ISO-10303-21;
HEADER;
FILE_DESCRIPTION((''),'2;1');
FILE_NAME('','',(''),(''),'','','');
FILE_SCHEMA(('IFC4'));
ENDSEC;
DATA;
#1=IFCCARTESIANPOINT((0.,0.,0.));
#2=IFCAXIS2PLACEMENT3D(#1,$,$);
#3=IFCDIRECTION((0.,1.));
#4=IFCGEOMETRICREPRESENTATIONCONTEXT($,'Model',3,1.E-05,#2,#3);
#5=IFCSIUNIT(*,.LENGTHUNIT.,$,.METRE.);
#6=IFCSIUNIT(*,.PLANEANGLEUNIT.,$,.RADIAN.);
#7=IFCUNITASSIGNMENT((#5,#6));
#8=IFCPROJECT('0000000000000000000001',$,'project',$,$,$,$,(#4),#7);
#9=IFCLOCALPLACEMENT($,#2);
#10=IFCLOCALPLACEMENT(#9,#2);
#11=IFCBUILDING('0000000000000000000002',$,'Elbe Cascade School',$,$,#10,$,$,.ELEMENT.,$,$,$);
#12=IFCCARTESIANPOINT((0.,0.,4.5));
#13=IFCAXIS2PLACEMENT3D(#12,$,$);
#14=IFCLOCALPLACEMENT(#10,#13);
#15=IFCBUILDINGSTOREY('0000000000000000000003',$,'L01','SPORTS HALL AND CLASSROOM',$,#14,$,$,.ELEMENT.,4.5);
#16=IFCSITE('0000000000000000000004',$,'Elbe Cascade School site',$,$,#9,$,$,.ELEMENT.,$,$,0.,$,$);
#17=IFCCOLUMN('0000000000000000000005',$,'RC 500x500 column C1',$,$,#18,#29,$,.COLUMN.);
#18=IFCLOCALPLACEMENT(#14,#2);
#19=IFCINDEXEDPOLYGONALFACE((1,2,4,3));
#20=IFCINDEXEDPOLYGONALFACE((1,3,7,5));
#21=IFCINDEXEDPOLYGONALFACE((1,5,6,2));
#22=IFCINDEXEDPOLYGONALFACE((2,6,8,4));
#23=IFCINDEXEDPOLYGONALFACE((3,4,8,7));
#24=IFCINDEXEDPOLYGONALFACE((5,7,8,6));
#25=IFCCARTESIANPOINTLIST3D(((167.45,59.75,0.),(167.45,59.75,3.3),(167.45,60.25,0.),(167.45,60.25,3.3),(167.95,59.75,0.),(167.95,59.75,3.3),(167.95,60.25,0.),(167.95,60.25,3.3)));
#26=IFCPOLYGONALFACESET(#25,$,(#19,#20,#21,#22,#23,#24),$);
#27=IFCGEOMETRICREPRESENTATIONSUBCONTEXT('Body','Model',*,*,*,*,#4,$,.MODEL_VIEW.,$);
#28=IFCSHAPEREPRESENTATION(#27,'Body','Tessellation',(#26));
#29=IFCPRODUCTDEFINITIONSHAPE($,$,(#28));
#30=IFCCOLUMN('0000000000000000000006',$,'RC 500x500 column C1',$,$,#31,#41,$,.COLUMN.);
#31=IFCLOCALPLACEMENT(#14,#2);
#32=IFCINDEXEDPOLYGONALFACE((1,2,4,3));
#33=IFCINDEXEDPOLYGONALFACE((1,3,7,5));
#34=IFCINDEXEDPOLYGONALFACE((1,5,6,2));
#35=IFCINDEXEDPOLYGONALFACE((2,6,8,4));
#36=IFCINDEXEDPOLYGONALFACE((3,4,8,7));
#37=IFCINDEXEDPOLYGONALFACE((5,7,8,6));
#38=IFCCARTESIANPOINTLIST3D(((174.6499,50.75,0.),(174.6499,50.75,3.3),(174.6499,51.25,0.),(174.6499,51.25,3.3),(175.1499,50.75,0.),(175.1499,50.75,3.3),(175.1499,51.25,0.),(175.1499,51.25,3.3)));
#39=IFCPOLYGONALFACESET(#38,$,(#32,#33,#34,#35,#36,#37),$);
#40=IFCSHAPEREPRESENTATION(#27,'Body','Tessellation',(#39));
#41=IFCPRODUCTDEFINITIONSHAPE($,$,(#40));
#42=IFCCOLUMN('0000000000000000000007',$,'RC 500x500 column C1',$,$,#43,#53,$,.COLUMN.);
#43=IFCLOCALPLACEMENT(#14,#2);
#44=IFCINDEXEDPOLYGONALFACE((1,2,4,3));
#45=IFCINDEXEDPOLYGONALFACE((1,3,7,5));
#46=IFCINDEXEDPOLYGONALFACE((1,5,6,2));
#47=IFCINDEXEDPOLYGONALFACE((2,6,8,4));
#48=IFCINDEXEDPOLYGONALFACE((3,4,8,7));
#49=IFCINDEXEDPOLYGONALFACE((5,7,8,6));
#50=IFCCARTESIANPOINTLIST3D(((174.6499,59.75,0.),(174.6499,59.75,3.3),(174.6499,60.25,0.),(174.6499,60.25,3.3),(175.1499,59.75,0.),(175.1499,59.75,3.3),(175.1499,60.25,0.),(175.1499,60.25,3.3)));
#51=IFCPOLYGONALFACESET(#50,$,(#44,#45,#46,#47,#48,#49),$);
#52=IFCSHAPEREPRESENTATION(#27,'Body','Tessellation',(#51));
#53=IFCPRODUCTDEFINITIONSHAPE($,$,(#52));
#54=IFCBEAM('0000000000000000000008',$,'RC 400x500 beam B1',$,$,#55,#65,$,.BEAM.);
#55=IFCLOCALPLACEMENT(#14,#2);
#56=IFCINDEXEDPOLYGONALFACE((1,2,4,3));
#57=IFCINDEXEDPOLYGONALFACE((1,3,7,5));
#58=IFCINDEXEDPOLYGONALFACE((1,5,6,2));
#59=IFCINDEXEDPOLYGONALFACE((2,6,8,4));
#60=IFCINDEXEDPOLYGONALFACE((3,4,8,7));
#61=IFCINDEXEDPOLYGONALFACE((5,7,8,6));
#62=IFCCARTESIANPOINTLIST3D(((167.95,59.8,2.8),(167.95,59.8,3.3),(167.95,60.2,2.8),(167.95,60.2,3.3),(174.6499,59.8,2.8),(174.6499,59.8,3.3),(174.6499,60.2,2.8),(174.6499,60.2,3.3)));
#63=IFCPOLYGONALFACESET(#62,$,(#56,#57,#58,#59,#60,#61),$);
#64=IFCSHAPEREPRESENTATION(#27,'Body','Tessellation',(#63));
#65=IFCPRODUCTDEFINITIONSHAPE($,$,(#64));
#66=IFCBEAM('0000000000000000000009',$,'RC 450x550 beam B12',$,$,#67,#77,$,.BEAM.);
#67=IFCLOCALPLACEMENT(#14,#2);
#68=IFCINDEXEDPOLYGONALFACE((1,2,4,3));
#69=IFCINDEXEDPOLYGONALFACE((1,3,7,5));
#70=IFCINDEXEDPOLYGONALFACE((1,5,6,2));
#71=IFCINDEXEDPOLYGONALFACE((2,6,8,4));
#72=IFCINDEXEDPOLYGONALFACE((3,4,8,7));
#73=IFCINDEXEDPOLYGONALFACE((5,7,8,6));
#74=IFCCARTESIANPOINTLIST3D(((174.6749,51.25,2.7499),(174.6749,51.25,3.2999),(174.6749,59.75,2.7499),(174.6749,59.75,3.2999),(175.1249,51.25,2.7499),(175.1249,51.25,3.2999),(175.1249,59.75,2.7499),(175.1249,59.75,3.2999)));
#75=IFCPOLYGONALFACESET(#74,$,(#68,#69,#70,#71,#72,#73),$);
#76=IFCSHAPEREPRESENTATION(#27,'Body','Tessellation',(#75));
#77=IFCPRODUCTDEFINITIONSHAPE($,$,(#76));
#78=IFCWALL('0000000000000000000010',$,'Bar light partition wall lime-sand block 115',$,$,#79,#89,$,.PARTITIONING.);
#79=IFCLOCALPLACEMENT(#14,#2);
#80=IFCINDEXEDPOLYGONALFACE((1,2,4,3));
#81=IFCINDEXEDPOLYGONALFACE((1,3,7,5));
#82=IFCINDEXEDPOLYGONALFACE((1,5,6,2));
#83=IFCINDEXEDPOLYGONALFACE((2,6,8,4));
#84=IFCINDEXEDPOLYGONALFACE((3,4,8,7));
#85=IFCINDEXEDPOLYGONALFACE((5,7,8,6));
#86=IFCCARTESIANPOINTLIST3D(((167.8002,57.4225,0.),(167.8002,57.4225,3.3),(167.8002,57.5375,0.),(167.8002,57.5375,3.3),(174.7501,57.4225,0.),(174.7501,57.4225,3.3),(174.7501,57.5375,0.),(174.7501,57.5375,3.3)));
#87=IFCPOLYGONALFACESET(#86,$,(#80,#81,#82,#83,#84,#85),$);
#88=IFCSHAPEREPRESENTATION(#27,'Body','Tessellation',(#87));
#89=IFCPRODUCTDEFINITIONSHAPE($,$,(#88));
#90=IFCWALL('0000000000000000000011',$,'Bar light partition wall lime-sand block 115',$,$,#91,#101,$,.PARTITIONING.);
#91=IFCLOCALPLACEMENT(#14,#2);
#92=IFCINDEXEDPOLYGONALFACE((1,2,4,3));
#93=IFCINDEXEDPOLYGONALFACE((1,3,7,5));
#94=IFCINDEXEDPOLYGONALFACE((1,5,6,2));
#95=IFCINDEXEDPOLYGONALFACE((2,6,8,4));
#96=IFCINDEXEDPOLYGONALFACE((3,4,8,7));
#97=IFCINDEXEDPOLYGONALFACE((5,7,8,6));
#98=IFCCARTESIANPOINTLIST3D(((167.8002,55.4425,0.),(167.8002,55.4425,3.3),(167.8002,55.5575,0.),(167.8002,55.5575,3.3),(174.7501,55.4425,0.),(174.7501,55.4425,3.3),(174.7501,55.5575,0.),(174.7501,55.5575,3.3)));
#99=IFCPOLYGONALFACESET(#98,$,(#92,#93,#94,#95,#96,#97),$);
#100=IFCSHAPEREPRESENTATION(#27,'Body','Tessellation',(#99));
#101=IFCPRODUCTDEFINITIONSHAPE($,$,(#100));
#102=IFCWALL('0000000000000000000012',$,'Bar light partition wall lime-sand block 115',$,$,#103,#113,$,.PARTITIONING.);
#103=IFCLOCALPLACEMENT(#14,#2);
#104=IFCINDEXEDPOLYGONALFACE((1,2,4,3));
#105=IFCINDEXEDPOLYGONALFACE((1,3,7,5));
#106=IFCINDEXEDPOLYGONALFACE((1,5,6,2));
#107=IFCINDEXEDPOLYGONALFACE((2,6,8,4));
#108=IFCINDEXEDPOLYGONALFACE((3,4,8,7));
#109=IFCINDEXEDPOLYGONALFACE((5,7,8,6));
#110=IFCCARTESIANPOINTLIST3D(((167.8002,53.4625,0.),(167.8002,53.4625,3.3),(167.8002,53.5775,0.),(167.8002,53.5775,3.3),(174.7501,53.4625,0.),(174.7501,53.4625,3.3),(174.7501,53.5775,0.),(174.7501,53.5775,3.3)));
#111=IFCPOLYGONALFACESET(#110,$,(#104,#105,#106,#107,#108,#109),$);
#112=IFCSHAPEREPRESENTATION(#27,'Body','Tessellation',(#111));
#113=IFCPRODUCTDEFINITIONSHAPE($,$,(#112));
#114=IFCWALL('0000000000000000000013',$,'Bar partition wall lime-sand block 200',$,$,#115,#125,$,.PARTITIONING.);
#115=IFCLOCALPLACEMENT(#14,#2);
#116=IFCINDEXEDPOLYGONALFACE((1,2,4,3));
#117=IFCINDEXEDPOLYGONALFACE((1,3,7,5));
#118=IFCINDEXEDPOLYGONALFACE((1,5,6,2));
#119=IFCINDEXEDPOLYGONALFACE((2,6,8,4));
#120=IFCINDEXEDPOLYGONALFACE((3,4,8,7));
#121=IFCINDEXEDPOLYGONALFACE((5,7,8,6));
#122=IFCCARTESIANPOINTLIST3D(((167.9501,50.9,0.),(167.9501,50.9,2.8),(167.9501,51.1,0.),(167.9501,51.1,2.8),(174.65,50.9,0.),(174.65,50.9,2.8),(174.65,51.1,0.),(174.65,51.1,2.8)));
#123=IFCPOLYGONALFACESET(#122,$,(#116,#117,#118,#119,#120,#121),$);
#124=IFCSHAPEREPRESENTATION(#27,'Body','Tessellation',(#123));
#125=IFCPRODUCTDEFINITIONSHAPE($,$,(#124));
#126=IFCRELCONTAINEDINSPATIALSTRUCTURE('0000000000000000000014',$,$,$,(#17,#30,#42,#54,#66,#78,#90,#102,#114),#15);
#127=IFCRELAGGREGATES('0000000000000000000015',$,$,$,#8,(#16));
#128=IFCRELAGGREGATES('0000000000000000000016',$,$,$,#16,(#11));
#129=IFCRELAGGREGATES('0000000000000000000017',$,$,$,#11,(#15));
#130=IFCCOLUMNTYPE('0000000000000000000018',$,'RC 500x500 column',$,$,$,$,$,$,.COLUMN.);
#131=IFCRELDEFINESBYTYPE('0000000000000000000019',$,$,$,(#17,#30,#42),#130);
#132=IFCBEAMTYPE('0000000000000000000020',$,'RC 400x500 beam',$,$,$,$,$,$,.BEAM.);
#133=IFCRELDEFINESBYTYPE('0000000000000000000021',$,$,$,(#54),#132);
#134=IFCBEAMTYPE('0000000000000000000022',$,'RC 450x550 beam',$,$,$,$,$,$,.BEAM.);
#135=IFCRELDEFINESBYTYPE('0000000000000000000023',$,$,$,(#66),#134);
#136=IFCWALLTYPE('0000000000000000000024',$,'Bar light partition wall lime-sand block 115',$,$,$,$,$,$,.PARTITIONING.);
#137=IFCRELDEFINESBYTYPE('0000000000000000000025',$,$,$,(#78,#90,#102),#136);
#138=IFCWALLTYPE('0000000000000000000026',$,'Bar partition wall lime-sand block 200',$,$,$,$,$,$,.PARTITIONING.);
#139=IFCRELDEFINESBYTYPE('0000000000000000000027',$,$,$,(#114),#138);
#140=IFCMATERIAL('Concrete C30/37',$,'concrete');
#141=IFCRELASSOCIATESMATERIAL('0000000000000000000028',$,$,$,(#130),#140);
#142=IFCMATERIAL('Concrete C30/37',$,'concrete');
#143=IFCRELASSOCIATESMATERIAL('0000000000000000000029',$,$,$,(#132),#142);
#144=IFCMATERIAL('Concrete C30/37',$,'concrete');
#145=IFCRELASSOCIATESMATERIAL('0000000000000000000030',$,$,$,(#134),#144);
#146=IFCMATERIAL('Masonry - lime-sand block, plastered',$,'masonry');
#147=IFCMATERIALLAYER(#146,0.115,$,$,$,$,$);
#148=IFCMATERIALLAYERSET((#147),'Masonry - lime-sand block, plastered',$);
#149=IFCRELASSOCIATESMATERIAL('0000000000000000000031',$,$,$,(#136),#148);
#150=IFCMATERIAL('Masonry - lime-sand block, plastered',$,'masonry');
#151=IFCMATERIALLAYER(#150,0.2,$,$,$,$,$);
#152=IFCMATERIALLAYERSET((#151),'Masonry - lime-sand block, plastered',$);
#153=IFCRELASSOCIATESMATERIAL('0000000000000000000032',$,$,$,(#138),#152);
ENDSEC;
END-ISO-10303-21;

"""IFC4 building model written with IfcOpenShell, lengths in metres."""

from ifc_helpers import new_model, si_unit, direction, frame, frame_2d, origin, origin_2d, place, context, subcontext, project, spatial, rectangle, extrude, material, layer, layer_set, material_profile, profile_set, type_object, element, save


model = new_model("IFC4")

# Units and contexts
model_context = context("Model", 3, precision=1e-05, world=origin(), true_north=direction((0.0, 1.0)))
body_context = subcontext(model_context, "Body", "Model", "MODEL_VIEW")
ifc_project = project(units=[si_unit("LENGTHUNIT", "METRE"), si_unit("PLANEANGLEUNIT", "RADIAN")], contexts=[model_context])

# Site, building, storey
site_placement = place(None, origin())
site = spatial("IfcSite", under=ifc_project, at=site_placement, Name="Elbe Cascade School site", CompositionType="ELEMENT", RefElevation=0.0)
building_placement = place(site_placement, origin())
building = spatial("IfcBuilding", under=site, at=building_placement, Name="Elbe Cascade School", CompositionType="ELEMENT")
storey_placement = place(building_placement, frame((0.0, 0.0, 4.5)))
storey = spatial("IfcBuildingStorey", under=building, at=storey_placement, Name="L01", Description="SPORTS HALL AND CLASSROOM", CompositionType="ELEMENT", Elevation=4.5)

# Columns
ifc_material_1 = material(Name="Concrete C30/37", Category="concrete")
ifc_material_profile_1 = material_profile(ifc_material_1, rectangle(XDim=0.5, YDim=0.5, at=origin_2d()), Name="RC 500x500")
ifc_profile_set_1 = profile_set([ifc_material_profile_1], Name="Concrete C30/37")
column_type = type_object("IfcColumnType", Name="RC 500x500 column", PredefinedType="COLUMN", material=ifc_profile_set_1)
for number, where, z_axis, x_axis, name in (
    (1, (167.7, 60.0, 0.0), (0.0, 0.0, 1.0), (1.0, 0.0, 0.0), "RC 500x500 column C1"),
    (2, (174.8999, 51.0, 0.0), (0.0, 0.0, 1.0), (1.0, 0.0, 0.0), "RC 500x500 column C1"),
    (3, (174.8999, 60.0, 0.0), (0.0, 0.0, 1.0), (1.0, 0.0, 0.0), "RC 500x500 column C1"),
):
    element("IfcColumn", number, at=place(storey_placement, frame(where, z_axis=z_axis, x_axis=x_axis)), inside=storey, type_object=column_type, Name=name, PredefinedType="COLUMN", context=body_context, shape_type="SweptSolid", body=[
        extrude(rectangle(XDim=0.5, YDim=0.5, at=origin_2d()), origin(), (0.0, 0.0, 1.0), 3.3),
    ])

# Beams
ifc_material_2 = material(Name="Concrete C30/37", Category="concrete")
ifc_material_profile_2 = material_profile(ifc_material_2, rectangle(XDim=0.3999, YDim=0.5, at=origin_2d()), Name="RC 400x500")
ifc_profile_set_2 = profile_set([ifc_material_profile_2], Name="Concrete C30/37")
beam_type_1 = type_object("IfcBeamType", Name="RC 400x500 beam", PredefinedType="BEAM", material=ifc_profile_set_2)
beam_1_placement = place(storey_placement, frame((167.95, 60.0, 3.05), z_axis=(1.0, 0.0, 0.0), x_axis=(0.0, 1.0, 0.0)))
element("IfcBeam", 4, at=beam_1_placement, inside=storey, type_object=beam_type_1, Name="RC 400x500 beam B1", PredefinedType="BEAM", context=body_context, shape_type="SweptSolid", body=[
    extrude(rectangle(XDim=0.3999, YDim=0.5, at=origin_2d()), origin(), (0.0, 0.0, 1.0), 6.7),
])
ifc_material_3 = material(Name="Concrete C30/37", Category="concrete")
ifc_material_profile_3 = material_profile(ifc_material_3, rectangle(XDim=0.45, YDim=0.55, at=origin_2d()), Name="RC 450x550")
ifc_profile_set_3 = profile_set([ifc_material_profile_3], Name="Concrete C30/37")
beam_type_2 = type_object("IfcBeamType", Name="RC 450x550 beam", PredefinedType="BEAM", material=ifc_profile_set_3)
beam_2_placement = place(storey_placement, frame((174.8999, 51.25, 3.0249), z_axis=(0.0, 1.0, 0.0), x_axis=(-1.0, 0.0, 0.0)))
element("IfcBeam", 5, at=beam_2_placement, inside=storey, type_object=beam_type_2, Name="RC 450x550 beam B12", PredefinedType="BEAM", context=body_context, shape_type="SweptSolid", body=[
    extrude(rectangle(XDim=0.45, YDim=0.55, at=origin_2d()), origin(), (0.0, 0.0, 1.0), 8.5),
])

# Walls
ifc_material_4 = material(Name="Masonry - lime-sand block, plastered", Category="masonry")
ifc_layer_1 = layer(ifc_material_4, 0.115)
ifc_layer_set_1 = layer_set([ifc_layer_1], Name="Masonry - lime-sand block, plastered")
wall_type_1 = type_object("IfcWallType", Name="Bar light partition wall lime-sand block 115", PredefinedType="PARTITIONING", material=ifc_layer_set_1)
for number, where, z_axis, x_axis, name in (
    (6, (167.8, 57.48, 0.0), (0.0, 0.0, 1.0), (1.0, 0.0, 0.0), "Bar light partition wall lime-sand block 115"),
    (7, (167.8, 55.5, 0.0), (0.0, 0.0, 1.0), (1.0, 0.0, 0.0), "Bar light partition wall lime-sand block 115"),
    (8, (167.8, 53.52, 0.0), (0.0, 0.0, 1.0), (1.0, 0.0, 0.0), "Bar light partition wall lime-sand block 115"),
):
    element("IfcWall", number, at=place(storey_placement, frame(where, z_axis=z_axis, x_axis=x_axis)), inside=storey, type_object=wall_type_1, Name=name, PredefinedType="PARTITIONING", context=body_context, shape_type="SweptSolid", body=[
        extrude(rectangle(XDim=6.95, YDim=0.115, at=frame_2d((3.4751, 0.0))), origin(), (0.0, 0.0, 1.0), 3.3),
    ])
ifc_material_5 = material(Name="Masonry - lime-sand block, plastered", Category="masonry")
ifc_layer_2 = layer(ifc_material_5, 0.2)
ifc_layer_set_2 = layer_set([ifc_layer_2], Name="Masonry - lime-sand block, plastered")
wall_type_2 = type_object("IfcWallType", Name="Bar partition wall lime-sand block 200", PredefinedType="PARTITIONING", material=ifc_layer_set_2)
wall_1_placement = place(storey_placement, frame((167.95, 51.0, 0.0), z_axis=(0.0, 0.0, 1.0), x_axis=(1.0, 0.0, 0.0)))
element("IfcWall", 9, at=wall_1_placement, inside=storey, type_object=wall_type_2, Name="Bar partition wall lime-sand block 200", PredefinedType="PARTITIONING", context=body_context, shape_type="SweptSolid", body=[
    extrude(rectangle(XDim=6.7, YDim=0.2, at=frame_2d((3.3501, 0.0))), origin(), (0.0, 0.0, 1.0), 2.8),
])

save(model, "model.ifc")
